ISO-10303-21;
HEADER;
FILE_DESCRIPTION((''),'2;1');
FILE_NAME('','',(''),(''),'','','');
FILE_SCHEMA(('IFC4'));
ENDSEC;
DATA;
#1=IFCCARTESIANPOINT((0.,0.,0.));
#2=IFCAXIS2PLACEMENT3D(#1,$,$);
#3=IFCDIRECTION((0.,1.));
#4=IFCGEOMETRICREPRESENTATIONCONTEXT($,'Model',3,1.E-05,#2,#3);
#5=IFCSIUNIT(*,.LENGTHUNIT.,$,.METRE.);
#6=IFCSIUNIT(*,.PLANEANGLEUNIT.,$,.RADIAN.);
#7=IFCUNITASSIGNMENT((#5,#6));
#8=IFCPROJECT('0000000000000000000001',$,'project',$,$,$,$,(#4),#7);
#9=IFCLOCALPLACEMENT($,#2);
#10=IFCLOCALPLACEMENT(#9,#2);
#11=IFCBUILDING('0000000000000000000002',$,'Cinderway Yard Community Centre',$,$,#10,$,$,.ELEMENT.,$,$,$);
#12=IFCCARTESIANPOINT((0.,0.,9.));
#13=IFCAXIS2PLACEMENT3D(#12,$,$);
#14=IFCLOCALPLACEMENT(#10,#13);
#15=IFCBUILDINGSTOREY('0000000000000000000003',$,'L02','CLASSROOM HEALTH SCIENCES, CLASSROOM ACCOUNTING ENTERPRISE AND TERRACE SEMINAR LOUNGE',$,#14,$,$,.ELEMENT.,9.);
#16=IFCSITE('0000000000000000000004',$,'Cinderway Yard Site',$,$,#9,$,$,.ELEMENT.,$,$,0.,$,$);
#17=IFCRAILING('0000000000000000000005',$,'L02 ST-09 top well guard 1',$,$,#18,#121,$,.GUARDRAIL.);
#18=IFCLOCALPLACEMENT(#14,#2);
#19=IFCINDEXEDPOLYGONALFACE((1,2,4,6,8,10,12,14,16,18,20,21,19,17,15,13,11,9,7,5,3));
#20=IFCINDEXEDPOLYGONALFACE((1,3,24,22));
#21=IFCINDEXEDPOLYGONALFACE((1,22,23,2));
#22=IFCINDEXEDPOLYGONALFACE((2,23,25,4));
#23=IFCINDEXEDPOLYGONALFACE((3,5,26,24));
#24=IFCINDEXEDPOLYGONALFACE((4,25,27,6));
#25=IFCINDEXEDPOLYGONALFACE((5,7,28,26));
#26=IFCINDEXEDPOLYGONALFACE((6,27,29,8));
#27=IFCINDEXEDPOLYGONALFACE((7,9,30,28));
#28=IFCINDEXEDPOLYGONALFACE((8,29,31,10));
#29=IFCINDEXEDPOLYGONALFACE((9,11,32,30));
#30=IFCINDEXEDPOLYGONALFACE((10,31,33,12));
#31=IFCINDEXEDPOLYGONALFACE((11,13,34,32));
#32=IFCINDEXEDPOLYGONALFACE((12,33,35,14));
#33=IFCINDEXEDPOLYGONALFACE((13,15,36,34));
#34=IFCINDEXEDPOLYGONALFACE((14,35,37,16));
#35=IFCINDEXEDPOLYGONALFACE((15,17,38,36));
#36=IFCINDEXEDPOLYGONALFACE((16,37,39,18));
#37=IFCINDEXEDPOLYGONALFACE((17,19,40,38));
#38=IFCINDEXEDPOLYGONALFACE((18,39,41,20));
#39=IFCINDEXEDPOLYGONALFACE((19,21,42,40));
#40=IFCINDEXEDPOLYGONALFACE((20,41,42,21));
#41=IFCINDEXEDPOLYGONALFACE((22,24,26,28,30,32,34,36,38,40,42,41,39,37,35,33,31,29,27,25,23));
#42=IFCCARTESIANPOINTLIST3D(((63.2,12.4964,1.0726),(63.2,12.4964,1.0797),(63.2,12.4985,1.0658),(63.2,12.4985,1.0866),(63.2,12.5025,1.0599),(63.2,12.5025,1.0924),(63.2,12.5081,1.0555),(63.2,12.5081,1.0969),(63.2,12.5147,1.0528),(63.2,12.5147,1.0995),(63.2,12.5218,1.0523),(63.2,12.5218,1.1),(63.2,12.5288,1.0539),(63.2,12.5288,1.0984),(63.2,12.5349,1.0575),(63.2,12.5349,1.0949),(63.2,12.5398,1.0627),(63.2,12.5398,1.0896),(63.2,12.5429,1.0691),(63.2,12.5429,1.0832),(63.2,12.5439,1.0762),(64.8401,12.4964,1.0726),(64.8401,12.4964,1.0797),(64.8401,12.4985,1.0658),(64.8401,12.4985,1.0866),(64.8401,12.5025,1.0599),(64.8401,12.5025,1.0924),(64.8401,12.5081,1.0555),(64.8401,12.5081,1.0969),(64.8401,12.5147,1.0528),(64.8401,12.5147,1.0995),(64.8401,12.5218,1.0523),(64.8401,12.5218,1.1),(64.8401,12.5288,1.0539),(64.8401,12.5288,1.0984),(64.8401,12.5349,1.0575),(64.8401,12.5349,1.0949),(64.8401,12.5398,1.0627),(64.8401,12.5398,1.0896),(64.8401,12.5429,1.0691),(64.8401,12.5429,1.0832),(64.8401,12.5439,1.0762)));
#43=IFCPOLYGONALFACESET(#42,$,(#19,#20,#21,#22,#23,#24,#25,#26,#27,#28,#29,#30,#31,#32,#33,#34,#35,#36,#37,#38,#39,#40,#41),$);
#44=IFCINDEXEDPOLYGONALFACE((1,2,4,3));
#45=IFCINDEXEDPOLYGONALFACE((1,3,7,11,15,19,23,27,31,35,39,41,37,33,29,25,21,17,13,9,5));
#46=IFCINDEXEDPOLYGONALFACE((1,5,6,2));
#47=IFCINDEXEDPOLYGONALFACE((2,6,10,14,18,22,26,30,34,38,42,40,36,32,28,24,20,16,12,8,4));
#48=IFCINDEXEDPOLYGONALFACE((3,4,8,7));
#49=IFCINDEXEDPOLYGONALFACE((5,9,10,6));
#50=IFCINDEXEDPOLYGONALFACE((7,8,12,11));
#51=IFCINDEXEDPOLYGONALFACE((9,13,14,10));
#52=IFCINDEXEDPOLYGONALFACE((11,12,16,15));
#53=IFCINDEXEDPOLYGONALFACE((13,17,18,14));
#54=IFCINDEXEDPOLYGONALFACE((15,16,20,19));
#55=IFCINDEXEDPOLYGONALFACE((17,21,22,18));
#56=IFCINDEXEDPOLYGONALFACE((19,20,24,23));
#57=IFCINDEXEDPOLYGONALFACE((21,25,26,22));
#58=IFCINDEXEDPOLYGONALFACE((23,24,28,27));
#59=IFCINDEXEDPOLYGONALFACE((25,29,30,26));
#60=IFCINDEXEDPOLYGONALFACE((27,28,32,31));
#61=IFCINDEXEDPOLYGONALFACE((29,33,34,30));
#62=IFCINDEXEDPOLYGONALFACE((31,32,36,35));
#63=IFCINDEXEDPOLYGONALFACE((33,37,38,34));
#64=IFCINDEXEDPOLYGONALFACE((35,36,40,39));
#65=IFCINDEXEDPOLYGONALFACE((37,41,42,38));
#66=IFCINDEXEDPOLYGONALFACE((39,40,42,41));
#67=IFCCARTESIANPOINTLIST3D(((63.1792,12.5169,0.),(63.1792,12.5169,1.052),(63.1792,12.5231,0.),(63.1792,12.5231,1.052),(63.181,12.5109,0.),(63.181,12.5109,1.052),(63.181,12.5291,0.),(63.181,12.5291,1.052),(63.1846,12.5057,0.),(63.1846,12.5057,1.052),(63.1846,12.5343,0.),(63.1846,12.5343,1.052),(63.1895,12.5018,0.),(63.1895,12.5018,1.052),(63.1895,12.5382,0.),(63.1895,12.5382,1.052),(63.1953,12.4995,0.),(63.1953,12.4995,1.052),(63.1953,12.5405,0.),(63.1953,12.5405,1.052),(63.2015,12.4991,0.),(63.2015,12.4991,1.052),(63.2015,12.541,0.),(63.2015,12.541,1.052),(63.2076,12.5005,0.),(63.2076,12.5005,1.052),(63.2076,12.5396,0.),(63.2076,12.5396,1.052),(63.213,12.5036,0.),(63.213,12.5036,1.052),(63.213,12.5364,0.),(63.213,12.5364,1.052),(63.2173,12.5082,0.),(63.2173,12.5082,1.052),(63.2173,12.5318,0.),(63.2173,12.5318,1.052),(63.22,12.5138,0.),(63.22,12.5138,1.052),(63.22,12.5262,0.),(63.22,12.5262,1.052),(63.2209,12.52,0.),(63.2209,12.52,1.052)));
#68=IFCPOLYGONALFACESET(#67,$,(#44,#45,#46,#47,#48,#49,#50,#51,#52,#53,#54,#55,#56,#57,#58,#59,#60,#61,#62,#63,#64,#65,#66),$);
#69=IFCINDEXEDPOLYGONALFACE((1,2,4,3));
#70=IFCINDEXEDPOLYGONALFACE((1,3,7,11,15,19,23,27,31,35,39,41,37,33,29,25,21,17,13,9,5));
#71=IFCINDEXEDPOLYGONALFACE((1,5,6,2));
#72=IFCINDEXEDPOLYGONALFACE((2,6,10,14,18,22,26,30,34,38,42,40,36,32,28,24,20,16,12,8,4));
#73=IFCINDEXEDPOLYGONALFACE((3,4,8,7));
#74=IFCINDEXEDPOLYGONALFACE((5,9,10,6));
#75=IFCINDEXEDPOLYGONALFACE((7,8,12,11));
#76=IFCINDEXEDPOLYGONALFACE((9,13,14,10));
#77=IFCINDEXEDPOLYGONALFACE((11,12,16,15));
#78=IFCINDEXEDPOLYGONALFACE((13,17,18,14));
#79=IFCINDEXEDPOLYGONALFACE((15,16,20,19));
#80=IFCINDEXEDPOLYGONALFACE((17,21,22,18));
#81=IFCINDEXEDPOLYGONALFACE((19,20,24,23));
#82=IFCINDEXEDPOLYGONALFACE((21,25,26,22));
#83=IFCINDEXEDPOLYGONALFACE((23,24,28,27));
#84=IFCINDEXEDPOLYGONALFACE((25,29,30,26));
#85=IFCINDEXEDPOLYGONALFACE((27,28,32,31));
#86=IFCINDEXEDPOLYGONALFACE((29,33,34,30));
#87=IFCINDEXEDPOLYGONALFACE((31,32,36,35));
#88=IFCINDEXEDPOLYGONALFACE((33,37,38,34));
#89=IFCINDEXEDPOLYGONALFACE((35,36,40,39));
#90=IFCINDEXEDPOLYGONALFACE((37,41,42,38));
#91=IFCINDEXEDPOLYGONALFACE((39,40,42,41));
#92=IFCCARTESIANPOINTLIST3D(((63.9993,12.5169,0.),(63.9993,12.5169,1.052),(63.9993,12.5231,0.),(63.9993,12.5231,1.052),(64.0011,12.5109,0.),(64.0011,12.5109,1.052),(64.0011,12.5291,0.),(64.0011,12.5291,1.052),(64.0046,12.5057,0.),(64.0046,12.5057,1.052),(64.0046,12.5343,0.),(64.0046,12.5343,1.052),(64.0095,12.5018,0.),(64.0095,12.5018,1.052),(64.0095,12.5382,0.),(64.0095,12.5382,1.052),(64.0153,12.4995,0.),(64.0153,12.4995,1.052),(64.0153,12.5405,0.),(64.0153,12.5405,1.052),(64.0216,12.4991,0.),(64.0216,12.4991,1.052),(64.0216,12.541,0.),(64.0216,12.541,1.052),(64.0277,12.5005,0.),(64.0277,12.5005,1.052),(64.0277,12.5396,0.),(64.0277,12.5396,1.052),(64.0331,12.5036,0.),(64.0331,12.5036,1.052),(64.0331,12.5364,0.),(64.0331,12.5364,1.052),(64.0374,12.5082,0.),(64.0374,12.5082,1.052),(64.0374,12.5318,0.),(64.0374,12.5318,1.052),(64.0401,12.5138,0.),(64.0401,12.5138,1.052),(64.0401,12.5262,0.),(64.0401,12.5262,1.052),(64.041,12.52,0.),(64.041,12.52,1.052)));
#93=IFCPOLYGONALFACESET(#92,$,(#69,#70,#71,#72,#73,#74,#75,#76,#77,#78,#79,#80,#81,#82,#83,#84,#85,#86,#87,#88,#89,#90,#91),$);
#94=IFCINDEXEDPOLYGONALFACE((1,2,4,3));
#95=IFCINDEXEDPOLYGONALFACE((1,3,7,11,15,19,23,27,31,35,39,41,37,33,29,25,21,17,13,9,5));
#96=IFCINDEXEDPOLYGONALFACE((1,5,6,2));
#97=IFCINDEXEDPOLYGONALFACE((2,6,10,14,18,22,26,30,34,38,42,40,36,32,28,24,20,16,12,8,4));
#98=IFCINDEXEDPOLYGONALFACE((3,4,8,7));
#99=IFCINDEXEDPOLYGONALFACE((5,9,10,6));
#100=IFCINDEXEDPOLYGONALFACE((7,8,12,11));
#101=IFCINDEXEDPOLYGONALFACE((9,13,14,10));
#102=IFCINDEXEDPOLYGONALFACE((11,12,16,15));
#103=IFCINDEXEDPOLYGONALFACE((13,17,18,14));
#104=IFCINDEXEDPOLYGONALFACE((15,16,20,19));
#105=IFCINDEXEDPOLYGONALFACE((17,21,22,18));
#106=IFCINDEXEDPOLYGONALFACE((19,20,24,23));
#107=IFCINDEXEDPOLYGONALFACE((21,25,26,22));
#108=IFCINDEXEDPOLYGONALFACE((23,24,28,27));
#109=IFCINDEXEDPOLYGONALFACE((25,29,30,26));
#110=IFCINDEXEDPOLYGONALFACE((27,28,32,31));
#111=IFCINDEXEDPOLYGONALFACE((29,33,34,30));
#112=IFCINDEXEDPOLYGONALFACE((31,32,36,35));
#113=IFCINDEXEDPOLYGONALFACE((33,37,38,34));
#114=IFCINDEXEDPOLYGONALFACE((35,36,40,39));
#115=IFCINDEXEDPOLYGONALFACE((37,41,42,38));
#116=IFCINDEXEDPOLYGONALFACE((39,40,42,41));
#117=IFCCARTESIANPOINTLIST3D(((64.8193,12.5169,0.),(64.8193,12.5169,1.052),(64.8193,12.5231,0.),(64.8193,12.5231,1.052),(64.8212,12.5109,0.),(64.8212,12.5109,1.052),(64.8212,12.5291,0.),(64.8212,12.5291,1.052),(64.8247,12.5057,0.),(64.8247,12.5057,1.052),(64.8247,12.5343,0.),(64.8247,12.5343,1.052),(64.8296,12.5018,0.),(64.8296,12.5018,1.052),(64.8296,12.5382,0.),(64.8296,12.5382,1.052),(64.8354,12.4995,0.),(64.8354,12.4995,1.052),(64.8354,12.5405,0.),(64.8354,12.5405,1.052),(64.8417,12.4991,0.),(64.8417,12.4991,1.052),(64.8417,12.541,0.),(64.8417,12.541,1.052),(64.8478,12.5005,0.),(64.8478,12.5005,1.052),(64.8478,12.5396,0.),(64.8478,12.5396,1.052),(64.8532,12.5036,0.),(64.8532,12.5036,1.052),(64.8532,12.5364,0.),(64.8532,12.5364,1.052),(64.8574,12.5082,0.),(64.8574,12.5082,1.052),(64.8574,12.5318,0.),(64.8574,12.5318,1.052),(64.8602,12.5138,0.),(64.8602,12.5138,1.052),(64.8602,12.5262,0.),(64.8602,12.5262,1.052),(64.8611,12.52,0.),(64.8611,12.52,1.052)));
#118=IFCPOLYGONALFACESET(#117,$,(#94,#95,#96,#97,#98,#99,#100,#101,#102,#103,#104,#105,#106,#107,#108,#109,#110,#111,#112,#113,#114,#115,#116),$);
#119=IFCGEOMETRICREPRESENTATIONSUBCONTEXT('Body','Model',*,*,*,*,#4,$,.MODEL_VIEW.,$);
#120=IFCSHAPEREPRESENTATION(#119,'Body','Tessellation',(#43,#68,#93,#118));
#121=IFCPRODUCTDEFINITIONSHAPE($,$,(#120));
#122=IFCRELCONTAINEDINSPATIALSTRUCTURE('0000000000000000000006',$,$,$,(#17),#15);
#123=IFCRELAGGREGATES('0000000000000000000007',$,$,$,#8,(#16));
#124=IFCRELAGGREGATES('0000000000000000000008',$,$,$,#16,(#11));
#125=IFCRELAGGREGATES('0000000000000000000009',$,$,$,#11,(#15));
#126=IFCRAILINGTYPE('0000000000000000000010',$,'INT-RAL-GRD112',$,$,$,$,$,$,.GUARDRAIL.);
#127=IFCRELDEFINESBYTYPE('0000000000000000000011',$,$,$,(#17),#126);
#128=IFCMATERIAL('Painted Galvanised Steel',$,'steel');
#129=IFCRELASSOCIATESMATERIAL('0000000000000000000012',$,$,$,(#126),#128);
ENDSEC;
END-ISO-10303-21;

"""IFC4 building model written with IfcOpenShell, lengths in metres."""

from ifc_helpers import new_model, si_unit, direction, frame, origin, origin_2d, place, context, subcontext, project, spatial, circle, extrude, material, type_object, element, save


model = new_model("IFC4")

# Units and contexts
model_context = context("Model", 3, precision=1e-05, world=origin(), true_north=direction((0.0, 1.0)))
body_context = subcontext(model_context, "Body", "Model", "MODEL_VIEW")
ifc_project = project(units=[si_unit("LENGTHUNIT", "METRE"), si_unit("PLANEANGLEUNIT", "RADIAN")], contexts=[model_context])

# Site, building, storey
site_placement = place(None, origin())
site = spatial("IfcSite", under=ifc_project, at=site_placement, Name="Cinderway Yard Site", CompositionType="ELEMENT", RefElevation=0.0)
building_placement = place(site_placement, origin())
building = spatial("IfcBuilding", under=site, at=building_placement, Name="Cinderway Yard Community Centre", CompositionType="ELEMENT")
storey_placement = place(building_placement, frame((0.0, 0.0, 9.0)))
storey = spatial("IfcBuildingStorey", under=building, at=storey_placement, Name="L02", Description="CLASSROOM HEALTH SCIENCES, CLASSROOM ACCOUNTING ENTERPRISE AND TERRACE SEMINAR LOUNGE", CompositionType="ELEMENT", Elevation=9.0)

# Shared definitions
ifc_material_1 = material(Name="Painted Galvanised Steel", Category="steel")

# Railing
railing_type = type_object("IfcRailingType", Name="INT-RAL-GRD112", PredefinedType="GUARDRAIL", material=ifc_material_1)
railing_1_placement = place(storey_placement, frame((63.2, 12.52, 0.0)))
element("IfcRailing", 1, at=railing_1_placement, inside=storey, type_object=railing_type, Name="L02 ST-09 top well guard 1", PredefinedType="GUARDRAIL", context=body_context, shape_type="SweptSolid", body=[
    extrude(circle(Radius=0.0239, at=origin_2d()), frame((0.0, 0.0, 1.0762), z_axis=(1.0, 0.0, 0.0), x_axis=(0.0, 1.0, 0.0)), (0.0, 0.0, 1.0), 1.6401),
    extrude(circle(Radius=0.021, at=origin_2d()), origin(), (0.0, 0.0, 1.0), 1.052),
    extrude(circle(Radius=0.021, at=origin_2d()), frame((0.8201, 0.0, 0.0)), (0.0, 0.0, 1.0), 1.052),
    extrude(circle(Radius=0.021, at=origin_2d()), frame((1.6401, 0.0, 0.0)), (0.0, 0.0, 1.0), 1.052),
])

save(model, "model.ifc")
